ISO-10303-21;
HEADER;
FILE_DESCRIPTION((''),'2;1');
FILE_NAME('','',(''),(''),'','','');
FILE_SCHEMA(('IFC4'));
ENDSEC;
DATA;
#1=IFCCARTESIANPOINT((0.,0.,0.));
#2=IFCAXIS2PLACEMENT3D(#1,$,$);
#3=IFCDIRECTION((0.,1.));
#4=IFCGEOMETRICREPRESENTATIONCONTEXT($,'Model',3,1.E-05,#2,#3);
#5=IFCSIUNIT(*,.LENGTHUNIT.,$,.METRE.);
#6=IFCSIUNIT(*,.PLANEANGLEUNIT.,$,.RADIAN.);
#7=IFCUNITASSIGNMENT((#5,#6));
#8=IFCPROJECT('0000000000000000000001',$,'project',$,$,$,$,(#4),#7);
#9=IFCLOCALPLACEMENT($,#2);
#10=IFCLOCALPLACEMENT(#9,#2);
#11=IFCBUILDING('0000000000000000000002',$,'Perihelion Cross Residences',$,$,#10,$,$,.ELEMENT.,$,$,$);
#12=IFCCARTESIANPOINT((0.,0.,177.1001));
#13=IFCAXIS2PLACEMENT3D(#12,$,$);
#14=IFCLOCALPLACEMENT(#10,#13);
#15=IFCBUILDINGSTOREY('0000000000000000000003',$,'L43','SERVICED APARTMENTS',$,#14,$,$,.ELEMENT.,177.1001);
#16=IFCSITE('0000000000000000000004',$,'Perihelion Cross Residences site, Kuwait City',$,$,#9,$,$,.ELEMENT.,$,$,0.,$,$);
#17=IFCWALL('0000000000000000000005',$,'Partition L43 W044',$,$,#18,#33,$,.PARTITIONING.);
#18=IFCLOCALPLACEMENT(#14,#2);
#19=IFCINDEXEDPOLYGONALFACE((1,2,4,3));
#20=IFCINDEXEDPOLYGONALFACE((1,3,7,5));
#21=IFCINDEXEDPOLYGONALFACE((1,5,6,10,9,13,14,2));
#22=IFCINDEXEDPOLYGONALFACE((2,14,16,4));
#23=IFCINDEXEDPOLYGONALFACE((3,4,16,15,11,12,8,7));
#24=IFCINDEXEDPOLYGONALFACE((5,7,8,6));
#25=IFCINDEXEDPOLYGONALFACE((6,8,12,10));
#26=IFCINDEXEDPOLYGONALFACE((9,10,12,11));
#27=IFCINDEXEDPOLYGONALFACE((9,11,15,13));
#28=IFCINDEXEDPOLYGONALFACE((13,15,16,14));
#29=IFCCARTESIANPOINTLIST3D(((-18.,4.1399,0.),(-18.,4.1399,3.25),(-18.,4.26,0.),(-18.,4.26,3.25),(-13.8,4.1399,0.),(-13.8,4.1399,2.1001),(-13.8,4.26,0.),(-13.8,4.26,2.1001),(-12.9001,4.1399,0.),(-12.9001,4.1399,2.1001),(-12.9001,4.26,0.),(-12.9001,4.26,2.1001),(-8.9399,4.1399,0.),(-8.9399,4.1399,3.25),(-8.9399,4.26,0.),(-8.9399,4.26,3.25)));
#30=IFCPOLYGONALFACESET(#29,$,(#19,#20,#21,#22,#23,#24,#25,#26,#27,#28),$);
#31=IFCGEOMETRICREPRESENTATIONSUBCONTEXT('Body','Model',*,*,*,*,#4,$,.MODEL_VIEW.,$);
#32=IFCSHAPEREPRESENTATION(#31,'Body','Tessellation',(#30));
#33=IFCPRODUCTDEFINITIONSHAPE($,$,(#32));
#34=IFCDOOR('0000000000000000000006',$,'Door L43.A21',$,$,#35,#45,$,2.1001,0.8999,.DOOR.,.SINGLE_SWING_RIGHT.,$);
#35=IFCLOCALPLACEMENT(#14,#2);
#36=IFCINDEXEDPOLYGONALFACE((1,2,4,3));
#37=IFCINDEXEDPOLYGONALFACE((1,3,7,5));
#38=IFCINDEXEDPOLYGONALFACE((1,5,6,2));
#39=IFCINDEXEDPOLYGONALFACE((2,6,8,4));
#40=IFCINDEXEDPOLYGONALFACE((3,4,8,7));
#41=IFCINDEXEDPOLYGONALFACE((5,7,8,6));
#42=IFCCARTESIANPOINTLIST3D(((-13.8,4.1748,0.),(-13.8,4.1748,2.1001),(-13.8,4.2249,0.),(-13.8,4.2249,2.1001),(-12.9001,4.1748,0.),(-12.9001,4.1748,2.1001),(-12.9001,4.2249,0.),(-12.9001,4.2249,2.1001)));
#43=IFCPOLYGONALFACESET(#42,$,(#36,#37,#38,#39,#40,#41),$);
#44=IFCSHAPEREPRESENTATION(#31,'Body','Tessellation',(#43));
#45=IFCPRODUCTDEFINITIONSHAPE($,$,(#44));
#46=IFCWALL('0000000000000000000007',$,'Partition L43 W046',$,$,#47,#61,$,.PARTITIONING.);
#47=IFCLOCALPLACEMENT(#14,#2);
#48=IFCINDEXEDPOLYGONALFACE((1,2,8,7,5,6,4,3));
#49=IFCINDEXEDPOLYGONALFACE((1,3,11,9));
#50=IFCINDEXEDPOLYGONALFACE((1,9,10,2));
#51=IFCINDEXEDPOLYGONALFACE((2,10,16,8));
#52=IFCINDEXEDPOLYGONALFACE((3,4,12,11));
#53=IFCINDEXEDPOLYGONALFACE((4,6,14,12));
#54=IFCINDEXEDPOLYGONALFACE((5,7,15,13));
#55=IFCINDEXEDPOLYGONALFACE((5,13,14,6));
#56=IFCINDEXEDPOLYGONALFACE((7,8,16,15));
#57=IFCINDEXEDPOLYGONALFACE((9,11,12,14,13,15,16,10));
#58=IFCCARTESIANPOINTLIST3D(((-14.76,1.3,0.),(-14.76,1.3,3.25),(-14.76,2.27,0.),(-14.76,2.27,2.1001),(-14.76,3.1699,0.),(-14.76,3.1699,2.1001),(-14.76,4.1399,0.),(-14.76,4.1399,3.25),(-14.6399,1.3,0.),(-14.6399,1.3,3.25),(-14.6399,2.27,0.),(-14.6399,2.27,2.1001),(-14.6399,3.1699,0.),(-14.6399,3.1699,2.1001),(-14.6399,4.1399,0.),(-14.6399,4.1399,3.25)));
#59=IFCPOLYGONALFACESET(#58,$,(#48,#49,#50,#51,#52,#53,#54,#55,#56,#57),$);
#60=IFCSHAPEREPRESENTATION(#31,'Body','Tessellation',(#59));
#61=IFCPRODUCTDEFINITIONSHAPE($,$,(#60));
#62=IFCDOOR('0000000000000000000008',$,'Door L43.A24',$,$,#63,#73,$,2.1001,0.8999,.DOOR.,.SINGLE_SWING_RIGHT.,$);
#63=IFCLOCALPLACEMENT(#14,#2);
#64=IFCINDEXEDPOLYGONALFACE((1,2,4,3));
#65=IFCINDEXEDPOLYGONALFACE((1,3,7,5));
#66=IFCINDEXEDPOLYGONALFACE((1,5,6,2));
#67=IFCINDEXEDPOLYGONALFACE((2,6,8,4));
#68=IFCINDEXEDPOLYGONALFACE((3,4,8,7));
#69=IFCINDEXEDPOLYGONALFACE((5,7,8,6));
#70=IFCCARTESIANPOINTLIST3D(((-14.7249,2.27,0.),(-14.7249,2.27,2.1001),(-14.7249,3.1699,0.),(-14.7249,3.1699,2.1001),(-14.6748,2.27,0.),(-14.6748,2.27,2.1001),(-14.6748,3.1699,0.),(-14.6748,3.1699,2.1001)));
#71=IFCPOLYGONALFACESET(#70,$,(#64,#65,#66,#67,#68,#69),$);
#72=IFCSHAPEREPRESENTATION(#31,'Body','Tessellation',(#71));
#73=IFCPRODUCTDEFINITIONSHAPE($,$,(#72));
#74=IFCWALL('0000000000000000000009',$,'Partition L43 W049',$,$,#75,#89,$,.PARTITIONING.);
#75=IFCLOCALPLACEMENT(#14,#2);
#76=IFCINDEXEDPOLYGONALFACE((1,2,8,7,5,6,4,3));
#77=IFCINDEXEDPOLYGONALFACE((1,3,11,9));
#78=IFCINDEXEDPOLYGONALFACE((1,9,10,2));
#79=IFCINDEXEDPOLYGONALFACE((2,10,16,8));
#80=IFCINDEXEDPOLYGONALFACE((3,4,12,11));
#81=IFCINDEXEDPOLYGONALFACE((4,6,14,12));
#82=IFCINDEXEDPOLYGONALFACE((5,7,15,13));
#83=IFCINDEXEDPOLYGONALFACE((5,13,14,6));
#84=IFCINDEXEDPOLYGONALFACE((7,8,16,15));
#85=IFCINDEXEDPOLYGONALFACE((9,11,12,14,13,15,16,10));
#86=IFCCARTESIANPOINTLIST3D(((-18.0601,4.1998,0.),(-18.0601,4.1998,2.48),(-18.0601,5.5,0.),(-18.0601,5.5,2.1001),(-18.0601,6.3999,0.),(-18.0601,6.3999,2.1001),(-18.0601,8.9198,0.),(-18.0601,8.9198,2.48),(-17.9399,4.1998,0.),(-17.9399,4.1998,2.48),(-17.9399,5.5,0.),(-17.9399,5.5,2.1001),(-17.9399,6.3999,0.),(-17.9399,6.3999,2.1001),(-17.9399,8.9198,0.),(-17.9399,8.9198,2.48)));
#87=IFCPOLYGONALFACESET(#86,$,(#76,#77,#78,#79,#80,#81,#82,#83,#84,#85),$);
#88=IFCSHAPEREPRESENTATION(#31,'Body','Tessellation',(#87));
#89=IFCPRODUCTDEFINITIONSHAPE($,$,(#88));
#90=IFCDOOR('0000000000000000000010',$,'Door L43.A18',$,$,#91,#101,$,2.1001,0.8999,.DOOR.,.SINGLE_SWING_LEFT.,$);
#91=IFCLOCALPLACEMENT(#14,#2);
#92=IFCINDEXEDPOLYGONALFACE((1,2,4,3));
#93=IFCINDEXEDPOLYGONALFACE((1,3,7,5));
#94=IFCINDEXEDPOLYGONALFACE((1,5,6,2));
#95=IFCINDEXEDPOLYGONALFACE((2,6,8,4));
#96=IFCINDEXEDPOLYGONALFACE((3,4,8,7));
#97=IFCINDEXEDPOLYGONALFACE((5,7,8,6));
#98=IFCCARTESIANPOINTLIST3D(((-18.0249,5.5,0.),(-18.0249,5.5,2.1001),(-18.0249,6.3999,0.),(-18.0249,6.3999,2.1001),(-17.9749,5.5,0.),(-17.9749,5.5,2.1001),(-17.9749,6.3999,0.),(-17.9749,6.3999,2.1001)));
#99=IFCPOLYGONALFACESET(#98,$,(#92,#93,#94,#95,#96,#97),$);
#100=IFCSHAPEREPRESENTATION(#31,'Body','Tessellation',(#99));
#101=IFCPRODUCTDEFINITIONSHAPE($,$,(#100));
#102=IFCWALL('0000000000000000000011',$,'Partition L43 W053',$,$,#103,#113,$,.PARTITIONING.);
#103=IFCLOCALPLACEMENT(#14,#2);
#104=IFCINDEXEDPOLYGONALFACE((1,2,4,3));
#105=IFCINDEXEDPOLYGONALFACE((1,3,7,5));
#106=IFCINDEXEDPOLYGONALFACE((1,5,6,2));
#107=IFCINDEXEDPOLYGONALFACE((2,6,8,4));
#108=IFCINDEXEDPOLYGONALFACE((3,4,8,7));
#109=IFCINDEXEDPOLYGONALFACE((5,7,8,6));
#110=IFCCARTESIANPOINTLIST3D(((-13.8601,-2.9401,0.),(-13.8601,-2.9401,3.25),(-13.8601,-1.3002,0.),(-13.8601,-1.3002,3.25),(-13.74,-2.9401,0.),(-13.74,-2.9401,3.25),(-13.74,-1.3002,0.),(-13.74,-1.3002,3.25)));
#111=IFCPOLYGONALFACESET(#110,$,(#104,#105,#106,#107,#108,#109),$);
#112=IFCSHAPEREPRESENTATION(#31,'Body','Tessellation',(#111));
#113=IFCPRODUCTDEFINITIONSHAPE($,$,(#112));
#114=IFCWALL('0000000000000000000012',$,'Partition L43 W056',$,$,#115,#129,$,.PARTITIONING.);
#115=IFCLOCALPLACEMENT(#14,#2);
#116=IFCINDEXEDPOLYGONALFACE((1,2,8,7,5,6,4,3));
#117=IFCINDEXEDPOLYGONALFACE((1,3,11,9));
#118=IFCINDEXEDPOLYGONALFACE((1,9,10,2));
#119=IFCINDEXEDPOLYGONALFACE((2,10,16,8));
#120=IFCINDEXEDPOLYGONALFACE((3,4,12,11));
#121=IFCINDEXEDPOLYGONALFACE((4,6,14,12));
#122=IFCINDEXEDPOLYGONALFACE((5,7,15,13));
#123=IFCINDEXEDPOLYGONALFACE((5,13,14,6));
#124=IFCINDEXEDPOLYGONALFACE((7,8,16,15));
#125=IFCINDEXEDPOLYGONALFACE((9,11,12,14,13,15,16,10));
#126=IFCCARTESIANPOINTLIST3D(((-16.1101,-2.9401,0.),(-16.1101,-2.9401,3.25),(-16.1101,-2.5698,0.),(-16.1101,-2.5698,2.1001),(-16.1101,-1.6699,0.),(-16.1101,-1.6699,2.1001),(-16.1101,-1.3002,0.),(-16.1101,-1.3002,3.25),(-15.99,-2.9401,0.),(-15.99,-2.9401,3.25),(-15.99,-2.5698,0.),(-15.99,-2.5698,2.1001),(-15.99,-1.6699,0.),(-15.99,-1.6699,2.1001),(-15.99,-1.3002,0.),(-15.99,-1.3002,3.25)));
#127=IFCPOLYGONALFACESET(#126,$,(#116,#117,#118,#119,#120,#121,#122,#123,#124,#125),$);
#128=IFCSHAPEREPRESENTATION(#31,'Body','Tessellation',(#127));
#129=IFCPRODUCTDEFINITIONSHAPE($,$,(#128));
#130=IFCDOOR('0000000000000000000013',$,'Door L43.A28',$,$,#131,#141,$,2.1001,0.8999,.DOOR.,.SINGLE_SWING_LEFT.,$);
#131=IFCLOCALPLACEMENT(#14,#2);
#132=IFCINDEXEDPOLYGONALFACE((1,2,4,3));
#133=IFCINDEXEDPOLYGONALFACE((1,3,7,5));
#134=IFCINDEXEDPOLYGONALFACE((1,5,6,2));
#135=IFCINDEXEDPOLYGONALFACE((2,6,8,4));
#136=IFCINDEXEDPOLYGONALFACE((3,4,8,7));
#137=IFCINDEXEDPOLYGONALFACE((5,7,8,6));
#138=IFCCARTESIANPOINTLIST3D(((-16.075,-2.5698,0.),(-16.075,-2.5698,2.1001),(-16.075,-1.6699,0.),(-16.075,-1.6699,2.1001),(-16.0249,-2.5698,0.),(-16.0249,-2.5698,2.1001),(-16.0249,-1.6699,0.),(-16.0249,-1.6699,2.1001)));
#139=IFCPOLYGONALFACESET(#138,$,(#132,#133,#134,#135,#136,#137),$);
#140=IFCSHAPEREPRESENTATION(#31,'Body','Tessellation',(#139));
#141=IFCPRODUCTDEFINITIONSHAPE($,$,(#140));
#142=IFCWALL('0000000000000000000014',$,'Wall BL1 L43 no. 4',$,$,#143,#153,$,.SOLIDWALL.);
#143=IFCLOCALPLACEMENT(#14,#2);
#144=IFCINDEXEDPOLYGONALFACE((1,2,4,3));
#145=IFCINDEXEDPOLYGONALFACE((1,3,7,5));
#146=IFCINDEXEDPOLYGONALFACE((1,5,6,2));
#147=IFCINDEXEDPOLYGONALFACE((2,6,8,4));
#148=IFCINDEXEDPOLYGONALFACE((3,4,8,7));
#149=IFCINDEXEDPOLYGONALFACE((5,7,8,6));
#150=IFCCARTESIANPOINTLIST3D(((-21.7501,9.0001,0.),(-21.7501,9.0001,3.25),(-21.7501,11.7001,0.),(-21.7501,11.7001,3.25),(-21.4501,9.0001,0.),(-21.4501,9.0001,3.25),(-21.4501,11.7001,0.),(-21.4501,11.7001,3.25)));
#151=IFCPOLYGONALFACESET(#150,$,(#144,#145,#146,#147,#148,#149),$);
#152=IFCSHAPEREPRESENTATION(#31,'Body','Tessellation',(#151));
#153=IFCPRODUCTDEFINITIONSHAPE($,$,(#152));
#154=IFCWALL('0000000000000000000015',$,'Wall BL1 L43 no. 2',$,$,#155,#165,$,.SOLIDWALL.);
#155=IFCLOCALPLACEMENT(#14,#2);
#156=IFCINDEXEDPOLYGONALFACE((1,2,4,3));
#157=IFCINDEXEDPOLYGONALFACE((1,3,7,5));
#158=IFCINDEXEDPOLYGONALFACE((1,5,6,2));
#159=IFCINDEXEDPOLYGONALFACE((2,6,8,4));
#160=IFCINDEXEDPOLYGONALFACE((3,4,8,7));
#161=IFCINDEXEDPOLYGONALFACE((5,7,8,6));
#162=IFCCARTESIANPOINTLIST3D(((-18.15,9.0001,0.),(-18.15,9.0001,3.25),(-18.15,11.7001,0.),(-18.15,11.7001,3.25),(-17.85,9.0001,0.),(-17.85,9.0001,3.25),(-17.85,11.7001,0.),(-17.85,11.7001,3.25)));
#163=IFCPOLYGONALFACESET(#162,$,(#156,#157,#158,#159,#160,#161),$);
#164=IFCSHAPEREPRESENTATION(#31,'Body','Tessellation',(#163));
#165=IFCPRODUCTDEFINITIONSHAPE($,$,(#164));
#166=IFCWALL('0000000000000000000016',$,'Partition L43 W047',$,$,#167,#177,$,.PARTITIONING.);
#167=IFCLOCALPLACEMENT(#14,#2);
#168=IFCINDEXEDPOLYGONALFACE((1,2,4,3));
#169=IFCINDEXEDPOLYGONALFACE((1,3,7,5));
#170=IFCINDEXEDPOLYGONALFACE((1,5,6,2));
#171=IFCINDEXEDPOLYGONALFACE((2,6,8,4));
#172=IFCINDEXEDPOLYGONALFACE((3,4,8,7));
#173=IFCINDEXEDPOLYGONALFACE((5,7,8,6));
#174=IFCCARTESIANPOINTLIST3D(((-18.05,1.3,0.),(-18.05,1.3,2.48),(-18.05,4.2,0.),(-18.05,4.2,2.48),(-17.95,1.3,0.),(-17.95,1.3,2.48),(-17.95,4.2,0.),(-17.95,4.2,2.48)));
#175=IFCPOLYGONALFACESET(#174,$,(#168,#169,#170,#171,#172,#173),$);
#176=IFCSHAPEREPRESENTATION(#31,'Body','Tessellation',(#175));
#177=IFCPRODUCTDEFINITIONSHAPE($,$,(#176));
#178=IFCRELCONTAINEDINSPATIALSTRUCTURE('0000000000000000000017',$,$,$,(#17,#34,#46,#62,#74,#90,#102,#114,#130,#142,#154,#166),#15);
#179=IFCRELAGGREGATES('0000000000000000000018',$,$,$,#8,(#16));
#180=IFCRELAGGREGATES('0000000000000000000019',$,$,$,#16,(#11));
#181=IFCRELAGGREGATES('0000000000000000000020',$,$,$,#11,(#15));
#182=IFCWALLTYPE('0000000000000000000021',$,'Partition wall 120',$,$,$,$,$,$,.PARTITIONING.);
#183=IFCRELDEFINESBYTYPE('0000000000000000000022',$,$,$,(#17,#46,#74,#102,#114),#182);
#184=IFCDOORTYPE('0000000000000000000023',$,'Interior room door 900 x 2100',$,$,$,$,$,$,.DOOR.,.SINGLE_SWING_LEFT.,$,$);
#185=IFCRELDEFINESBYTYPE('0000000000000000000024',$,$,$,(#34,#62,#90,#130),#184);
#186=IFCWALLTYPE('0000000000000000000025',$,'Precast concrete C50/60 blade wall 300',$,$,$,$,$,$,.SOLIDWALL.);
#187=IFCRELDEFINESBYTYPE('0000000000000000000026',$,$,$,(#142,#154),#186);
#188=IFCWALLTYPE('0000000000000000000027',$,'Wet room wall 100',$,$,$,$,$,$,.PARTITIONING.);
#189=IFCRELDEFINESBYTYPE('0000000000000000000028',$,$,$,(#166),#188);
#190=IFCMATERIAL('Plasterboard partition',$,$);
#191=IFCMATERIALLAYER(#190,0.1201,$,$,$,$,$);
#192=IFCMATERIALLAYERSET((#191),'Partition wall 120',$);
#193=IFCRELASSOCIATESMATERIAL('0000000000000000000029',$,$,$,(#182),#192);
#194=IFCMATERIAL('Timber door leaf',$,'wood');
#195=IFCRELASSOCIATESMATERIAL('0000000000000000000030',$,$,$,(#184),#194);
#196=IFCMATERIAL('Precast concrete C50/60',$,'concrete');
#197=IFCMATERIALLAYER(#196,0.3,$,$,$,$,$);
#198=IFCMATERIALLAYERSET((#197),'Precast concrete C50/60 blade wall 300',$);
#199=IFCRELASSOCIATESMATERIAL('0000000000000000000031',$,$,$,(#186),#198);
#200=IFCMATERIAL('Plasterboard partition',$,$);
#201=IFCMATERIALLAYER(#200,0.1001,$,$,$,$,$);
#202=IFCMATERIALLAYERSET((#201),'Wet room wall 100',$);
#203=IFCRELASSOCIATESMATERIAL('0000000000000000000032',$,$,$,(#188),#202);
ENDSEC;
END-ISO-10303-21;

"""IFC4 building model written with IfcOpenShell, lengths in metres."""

from ifc_helpers import new_model, si_unit, direction, frame, frame_2d, origin, place, context, subcontext, project, spatial, rectangle, extrude, material, layer, layer_set, type_object, element, fill, save


model = new_model("IFC4")

# Units and contexts
model_context = context("Model", 3, precision=1e-05, world=origin(), true_north=direction((0.0, 1.0)))
body_context = subcontext(model_context, "Body", "Model", "MODEL_VIEW")
ifc_project = project(units=[si_unit("LENGTHUNIT", "METRE"), si_unit("PLANEANGLEUNIT", "RADIAN")], contexts=[model_context])

# Site, building, storey
site_placement = place(None, origin())
site = spatial("IfcSite", under=ifc_project, at=site_placement, Name="Perihelion Cross Residences site, Kuwait City", CompositionType="ELEMENT", RefElevation=0.0)
building_placement = place(site_placement, origin())
building = spatial("IfcBuilding", under=site, at=building_placement, Name="Perihelion Cross Residences", CompositionType="ELEMENT")
storey_placement = place(building_placement, frame((0.0, 0.0, 177.1001)))
storey = spatial("IfcBuildingStorey", under=building, at=storey_placement, Name="L43", Description="SERVICED APARTMENTS", CompositionType="ELEMENT", Elevation=177.1001)

# Walls, openings, doors
ifc_material_1 = material(Name="Plasterboard partition")
ifc_layer_1 = layer(ifc_material_1, 0.1201)
ifc_layer_set_1 = layer_set([ifc_layer_1], Name="Partition wall 120")
wall_type_1 = type_object("IfcWallType", Name="Partition wall 120", PredefinedType="PARTITIONING", material=ifc_layer_set_1)
ifc_material_2 = material(Name="Timber door leaf", Category="wood")
door_type_1 = type_object("IfcDoorType", Name="Interior room door 900 x 2100", OperationType="SINGLE_SWING_LEFT", PredefinedType="DOOR", material=ifc_material_2)
wall_1_placement = place(storey_placement, frame((-18.0, 4.2, 0.0), z_axis=(0.0, 0.0, 1.0), x_axis=(1.0, 0.0, 0.0)))
wall_1 = element("IfcWall", 1, at=wall_1_placement, inside=storey, type_object=wall_type_1, Name="Partition L43 W044", PredefinedType="PARTITIONING", context=body_context, shape_type="SweptSolid", body=[
    extrude(rectangle(XDim=9.0601, YDim=0.1201, at=frame_2d((4.53, 0.0))), origin(), (0.0, 0.0, 1.0), 3.25),
])
opening_1_placement = place(wall_1_placement, frame((4.2, 0.0, 0.0)))
opening_1 = element("IfcOpeningElement", 2, at=opening_1_placement, cuts=wall_1, PredefinedType="OPENING", context=body_context, shape_type="SweptSolid", body=[
    extrude(rectangle(XDim=0.8999, YDim=2.1001, at=frame_2d((0.45, 1.05))), frame((0.0, 0.0701, 0.0), z_axis=(0.0, -1.0, 0.0), x_axis=(1.0, 0.0, 0.0)), (0.0, 0.0, 1.0), 0.1401),
])
door_1_placement = place(opening_1_placement, origin())
door_1 = element("IfcDoor", 3, at=door_1_placement, inside=storey, type_object=door_type_1, Name="Door L43.A21", OperationType="SINGLE_SWING_RIGHT", OverallHeight=2.1001, OverallWidth=0.8999, PredefinedType="DOOR", context=body_context, shape_type="SweptSolid", body=[
    extrude(rectangle(XDim=0.8999, YDim=2.1001, at=frame_2d((0.45, 1.05))), frame((0.0, 0.0249, 0.0), z_axis=(0.0, -1.0, 0.0), x_axis=(1.0, 0.0, 0.0)), (0.0, 0.0, 1.0), 0.05),
])
fill(opening_1, door_1)
wall_2_placement = place(storey_placement, frame((-14.7, 1.3, 0.0), z_axis=(0.0, 0.0, 1.0), x_axis=(0.0, 1.0, 0.0)))
wall_2 = element("IfcWall", 4, at=wall_2_placement, inside=storey, type_object=wall_type_1, Name="Partition L43 W046", PredefinedType="PARTITIONING", context=body_context, shape_type="SweptSolid", body=[
    extrude(rectangle(XDim=2.8398, YDim=0.1201, at=frame_2d((1.4199, 0.0))), origin(), (0.0, 0.0, 1.0), 3.25),
])
opening_2_placement = place(wall_2_placement, frame((0.97, 0.0, 0.0)))
opening_2 = element("IfcOpeningElement", 5, at=opening_2_placement, cuts=wall_2, PredefinedType="OPENING", context=body_context, shape_type="SweptSolid", body=[
    extrude(rectangle(XDim=0.8999, YDim=2.1001, at=frame_2d((0.45, 1.05))), frame((0.0, 0.0701, 0.0), z_axis=(0.0, -1.0, 0.0), x_axis=(1.0, 0.0, 0.0)), (0.0, 0.0, 1.0), 0.1401),
])
door_2_placement = place(opening_2_placement, origin())
door_2 = element("IfcDoor", 6, at=door_2_placement, inside=storey, type_object=door_type_1, Name="Door L43.A24", OperationType="SINGLE_SWING_RIGHT", OverallHeight=2.1001, OverallWidth=0.8999, PredefinedType="DOOR", context=body_context, shape_type="SweptSolid", body=[
    extrude(rectangle(XDim=0.8999, YDim=2.1001, at=frame_2d((0.45, 1.05))), frame((0.0, 0.0249, 0.0), z_axis=(0.0, -1.0, 0.0), x_axis=(1.0, 0.0, 0.0)), (0.0, 0.0, 1.0), 0.05),
])
fill(opening_2, door_2)
wall_3_placement = place(storey_placement, frame((-18.0, 4.2, 0.0), z_axis=(0.0, 0.0, 1.0), x_axis=(0.0, 1.0, 0.0)))
wall_3 = element("IfcWall", 7, at=wall_3_placement, inside=storey, type_object=wall_type_1, Name="Partition L43 W049", PredefinedType="PARTITIONING", context=body_context, shape_type="SweptSolid", body=[
    extrude(rectangle(XDim=4.72, YDim=0.1201, at=frame_2d((2.3599, 0.0))), origin(), (0.0, 0.0, 1.0), 2.48),
])
opening_3_placement = place(wall_3_placement, frame((1.3, 0.0, 0.0)))
opening_3 = element("IfcOpeningElement", 8, at=opening_3_placement, cuts=wall_3, PredefinedType="OPENING", context=body_context, shape_type="SweptSolid", body=[
    extrude(rectangle(XDim=0.8999, YDim=2.1001, at=frame_2d((0.45, 1.05))), frame((0.0, 0.0701, 0.0), z_axis=(0.0, -1.0, 0.0), x_axis=(1.0, 0.0, 0.0)), (0.0, 0.0, 1.0), 0.1401),
])
door_3_placement = place(opening_3_placement, origin())
door_3 = element("IfcDoor", 9, at=door_3_placement, inside=storey, type_object=door_type_1, Name="Door L43.A18", OperationType="SINGLE_SWING_LEFT", OverallHeight=2.1001, OverallWidth=0.8999, PredefinedType="DOOR", context=body_context, shape_type="SweptSolid", body=[
    extrude(rectangle(XDim=0.8999, YDim=2.1001, at=frame_2d((0.45, 1.05))), frame((0.0, 0.0249, 0.0), z_axis=(0.0, -1.0, 0.0), x_axis=(1.0, 0.0, 0.0)), (0.0, 0.0, 1.0), 0.05),
])
fill(opening_3, door_3)

# Wall
wall_4_placement = place(storey_placement, frame((-13.8, -2.9399, 0.0), z_axis=(0.0, 0.0, 1.0), x_axis=(0.0, 1.0, 0.0)))
element("IfcWall", 10, at=wall_4_placement, inside=storey, type_object=wall_type_1, Name="Partition L43 W053", PredefinedType="PARTITIONING", context=body_context, shape_type="SweptSolid", body=[
    extrude(rectangle(XDim=1.6399, YDim=0.1201, at=frame_2d((0.8198, 0.0))), origin(), (0.0, 0.0, 1.0), 3.25),
])

# Wall, opening, door
wall_5_placement = place(storey_placement, frame((-16.05, -2.9399, 0.0), z_axis=(0.0, 0.0, 1.0), x_axis=(0.0, 1.0, 0.0)))
wall_5 = element("IfcWall", 11, at=wall_5_placement, inside=storey, type_object=wall_type_1, Name="Partition L43 W056", PredefinedType="PARTITIONING", context=body_context, shape_type="SweptSolid", body=[
    extrude(rectangle(XDim=1.6399, YDim=0.1201, at=frame_2d((0.8198, 0.0))), origin(), (0.0, 0.0, 1.0), 3.25),
])
opening_4_placement = place(wall_5_placement, frame((0.3701, 0.0, 0.0)))
opening_4 = element("IfcOpeningElement", 12, at=opening_4_placement, cuts=wall_5, PredefinedType="OPENING", context=body_context, shape_type="SweptSolid", body=[
    extrude(rectangle(XDim=0.8999, YDim=2.1001, at=frame_2d((0.45, 1.05))), frame((0.0, 0.0701, 0.0), z_axis=(0.0, -1.0, 0.0), x_axis=(1.0, 0.0, 0.0)), (0.0, 0.0, 1.0), 0.1401),
])
door_4_placement = place(opening_4_placement, origin())
door_4 = element("IfcDoor", 13, at=door_4_placement, inside=storey, type_object=door_type_1, Name="Door L43.A28", OperationType="SINGLE_SWING_LEFT", OverallHeight=2.1001, OverallWidth=0.8999, PredefinedType="DOOR", context=body_context, shape_type="SweptSolid", body=[
    extrude(rectangle(XDim=0.8999, YDim=2.1001, at=frame_2d((0.45, 1.05))), frame((0.0, 0.0249, 0.0), z_axis=(0.0, -1.0, 0.0), x_axis=(1.0, 0.0, 0.0)), (0.0, 0.0, 1.0), 0.05),
])
fill(opening_4, door_4)

# Walls
ifc_material_3 = material(Name="Precast concrete C50/60", Category="concrete")
ifc_layer_2 = layer(ifc_material_3, 0.3)
ifc_layer_set_2 = layer_set([ifc_layer_2], Name="Precast concrete C50/60 blade wall 300")
wall_type_2 = type_object("IfcWallType", Name="Precast concrete C50/60 blade wall 300", PredefinedType="SOLIDWALL", material=ifc_layer_set_2)
for number, where, z_axis, x_axis, name in (
    (14, (-21.6001, 9.0, 0.0), (0.0, 0.0, 1.0), (0.0, 1.0, 0.0), "Wall BL1 L43 no. 4"),
    (15, (-18.0, 9.0, 0.0), (0.0, 0.0, 1.0), (0.0, 1.0, 0.0), "Wall BL1 L43 no. 2"),
):
    element("IfcWall", number, at=place(storey_placement, frame(where, z_axis=z_axis, x_axis=x_axis)), inside=storey, type_object=wall_type_2, Name=name, PredefinedType="SOLIDWALL", context=body_context, shape_type="SweptSolid", body=[
        extrude(rectangle(XDim=2.7, YDim=0.3, at=frame_2d((1.3501, 0.0))), origin(), (0.0, 0.0, 1.0), 3.25),
    ])
ifc_material_4 = material(Name="Plasterboard partition")
ifc_layer_3 = layer(ifc_material_4, 0.1001)
ifc_layer_set_3 = layer_set([ifc_layer_3], Name="Wet room wall 100")
wall_type_3 = type_object("IfcWallType", Name="Wet room wall 100", PredefinedType="PARTITIONING", material=ifc_layer_set_3)
wall_6_placement = place(storey_placement, frame((-18.0, 1.3, 0.0), z_axis=(0.0, 0.0, 1.0), x_axis=(0.0, 1.0, 0.0)))
element("IfcWall", 16, at=wall_6_placement, inside=storey, type_object=wall_type_3, Name="Partition L43 W047", PredefinedType="PARTITIONING", context=body_context, shape_type="SweptSolid", body=[
    extrude(rectangle(XDim=2.8999, YDim=0.1001, at=frame_2d((1.45, 0.0))), origin(), (0.0, 0.0, 1.0), 2.48),
])

save(model, "model.ifc")
